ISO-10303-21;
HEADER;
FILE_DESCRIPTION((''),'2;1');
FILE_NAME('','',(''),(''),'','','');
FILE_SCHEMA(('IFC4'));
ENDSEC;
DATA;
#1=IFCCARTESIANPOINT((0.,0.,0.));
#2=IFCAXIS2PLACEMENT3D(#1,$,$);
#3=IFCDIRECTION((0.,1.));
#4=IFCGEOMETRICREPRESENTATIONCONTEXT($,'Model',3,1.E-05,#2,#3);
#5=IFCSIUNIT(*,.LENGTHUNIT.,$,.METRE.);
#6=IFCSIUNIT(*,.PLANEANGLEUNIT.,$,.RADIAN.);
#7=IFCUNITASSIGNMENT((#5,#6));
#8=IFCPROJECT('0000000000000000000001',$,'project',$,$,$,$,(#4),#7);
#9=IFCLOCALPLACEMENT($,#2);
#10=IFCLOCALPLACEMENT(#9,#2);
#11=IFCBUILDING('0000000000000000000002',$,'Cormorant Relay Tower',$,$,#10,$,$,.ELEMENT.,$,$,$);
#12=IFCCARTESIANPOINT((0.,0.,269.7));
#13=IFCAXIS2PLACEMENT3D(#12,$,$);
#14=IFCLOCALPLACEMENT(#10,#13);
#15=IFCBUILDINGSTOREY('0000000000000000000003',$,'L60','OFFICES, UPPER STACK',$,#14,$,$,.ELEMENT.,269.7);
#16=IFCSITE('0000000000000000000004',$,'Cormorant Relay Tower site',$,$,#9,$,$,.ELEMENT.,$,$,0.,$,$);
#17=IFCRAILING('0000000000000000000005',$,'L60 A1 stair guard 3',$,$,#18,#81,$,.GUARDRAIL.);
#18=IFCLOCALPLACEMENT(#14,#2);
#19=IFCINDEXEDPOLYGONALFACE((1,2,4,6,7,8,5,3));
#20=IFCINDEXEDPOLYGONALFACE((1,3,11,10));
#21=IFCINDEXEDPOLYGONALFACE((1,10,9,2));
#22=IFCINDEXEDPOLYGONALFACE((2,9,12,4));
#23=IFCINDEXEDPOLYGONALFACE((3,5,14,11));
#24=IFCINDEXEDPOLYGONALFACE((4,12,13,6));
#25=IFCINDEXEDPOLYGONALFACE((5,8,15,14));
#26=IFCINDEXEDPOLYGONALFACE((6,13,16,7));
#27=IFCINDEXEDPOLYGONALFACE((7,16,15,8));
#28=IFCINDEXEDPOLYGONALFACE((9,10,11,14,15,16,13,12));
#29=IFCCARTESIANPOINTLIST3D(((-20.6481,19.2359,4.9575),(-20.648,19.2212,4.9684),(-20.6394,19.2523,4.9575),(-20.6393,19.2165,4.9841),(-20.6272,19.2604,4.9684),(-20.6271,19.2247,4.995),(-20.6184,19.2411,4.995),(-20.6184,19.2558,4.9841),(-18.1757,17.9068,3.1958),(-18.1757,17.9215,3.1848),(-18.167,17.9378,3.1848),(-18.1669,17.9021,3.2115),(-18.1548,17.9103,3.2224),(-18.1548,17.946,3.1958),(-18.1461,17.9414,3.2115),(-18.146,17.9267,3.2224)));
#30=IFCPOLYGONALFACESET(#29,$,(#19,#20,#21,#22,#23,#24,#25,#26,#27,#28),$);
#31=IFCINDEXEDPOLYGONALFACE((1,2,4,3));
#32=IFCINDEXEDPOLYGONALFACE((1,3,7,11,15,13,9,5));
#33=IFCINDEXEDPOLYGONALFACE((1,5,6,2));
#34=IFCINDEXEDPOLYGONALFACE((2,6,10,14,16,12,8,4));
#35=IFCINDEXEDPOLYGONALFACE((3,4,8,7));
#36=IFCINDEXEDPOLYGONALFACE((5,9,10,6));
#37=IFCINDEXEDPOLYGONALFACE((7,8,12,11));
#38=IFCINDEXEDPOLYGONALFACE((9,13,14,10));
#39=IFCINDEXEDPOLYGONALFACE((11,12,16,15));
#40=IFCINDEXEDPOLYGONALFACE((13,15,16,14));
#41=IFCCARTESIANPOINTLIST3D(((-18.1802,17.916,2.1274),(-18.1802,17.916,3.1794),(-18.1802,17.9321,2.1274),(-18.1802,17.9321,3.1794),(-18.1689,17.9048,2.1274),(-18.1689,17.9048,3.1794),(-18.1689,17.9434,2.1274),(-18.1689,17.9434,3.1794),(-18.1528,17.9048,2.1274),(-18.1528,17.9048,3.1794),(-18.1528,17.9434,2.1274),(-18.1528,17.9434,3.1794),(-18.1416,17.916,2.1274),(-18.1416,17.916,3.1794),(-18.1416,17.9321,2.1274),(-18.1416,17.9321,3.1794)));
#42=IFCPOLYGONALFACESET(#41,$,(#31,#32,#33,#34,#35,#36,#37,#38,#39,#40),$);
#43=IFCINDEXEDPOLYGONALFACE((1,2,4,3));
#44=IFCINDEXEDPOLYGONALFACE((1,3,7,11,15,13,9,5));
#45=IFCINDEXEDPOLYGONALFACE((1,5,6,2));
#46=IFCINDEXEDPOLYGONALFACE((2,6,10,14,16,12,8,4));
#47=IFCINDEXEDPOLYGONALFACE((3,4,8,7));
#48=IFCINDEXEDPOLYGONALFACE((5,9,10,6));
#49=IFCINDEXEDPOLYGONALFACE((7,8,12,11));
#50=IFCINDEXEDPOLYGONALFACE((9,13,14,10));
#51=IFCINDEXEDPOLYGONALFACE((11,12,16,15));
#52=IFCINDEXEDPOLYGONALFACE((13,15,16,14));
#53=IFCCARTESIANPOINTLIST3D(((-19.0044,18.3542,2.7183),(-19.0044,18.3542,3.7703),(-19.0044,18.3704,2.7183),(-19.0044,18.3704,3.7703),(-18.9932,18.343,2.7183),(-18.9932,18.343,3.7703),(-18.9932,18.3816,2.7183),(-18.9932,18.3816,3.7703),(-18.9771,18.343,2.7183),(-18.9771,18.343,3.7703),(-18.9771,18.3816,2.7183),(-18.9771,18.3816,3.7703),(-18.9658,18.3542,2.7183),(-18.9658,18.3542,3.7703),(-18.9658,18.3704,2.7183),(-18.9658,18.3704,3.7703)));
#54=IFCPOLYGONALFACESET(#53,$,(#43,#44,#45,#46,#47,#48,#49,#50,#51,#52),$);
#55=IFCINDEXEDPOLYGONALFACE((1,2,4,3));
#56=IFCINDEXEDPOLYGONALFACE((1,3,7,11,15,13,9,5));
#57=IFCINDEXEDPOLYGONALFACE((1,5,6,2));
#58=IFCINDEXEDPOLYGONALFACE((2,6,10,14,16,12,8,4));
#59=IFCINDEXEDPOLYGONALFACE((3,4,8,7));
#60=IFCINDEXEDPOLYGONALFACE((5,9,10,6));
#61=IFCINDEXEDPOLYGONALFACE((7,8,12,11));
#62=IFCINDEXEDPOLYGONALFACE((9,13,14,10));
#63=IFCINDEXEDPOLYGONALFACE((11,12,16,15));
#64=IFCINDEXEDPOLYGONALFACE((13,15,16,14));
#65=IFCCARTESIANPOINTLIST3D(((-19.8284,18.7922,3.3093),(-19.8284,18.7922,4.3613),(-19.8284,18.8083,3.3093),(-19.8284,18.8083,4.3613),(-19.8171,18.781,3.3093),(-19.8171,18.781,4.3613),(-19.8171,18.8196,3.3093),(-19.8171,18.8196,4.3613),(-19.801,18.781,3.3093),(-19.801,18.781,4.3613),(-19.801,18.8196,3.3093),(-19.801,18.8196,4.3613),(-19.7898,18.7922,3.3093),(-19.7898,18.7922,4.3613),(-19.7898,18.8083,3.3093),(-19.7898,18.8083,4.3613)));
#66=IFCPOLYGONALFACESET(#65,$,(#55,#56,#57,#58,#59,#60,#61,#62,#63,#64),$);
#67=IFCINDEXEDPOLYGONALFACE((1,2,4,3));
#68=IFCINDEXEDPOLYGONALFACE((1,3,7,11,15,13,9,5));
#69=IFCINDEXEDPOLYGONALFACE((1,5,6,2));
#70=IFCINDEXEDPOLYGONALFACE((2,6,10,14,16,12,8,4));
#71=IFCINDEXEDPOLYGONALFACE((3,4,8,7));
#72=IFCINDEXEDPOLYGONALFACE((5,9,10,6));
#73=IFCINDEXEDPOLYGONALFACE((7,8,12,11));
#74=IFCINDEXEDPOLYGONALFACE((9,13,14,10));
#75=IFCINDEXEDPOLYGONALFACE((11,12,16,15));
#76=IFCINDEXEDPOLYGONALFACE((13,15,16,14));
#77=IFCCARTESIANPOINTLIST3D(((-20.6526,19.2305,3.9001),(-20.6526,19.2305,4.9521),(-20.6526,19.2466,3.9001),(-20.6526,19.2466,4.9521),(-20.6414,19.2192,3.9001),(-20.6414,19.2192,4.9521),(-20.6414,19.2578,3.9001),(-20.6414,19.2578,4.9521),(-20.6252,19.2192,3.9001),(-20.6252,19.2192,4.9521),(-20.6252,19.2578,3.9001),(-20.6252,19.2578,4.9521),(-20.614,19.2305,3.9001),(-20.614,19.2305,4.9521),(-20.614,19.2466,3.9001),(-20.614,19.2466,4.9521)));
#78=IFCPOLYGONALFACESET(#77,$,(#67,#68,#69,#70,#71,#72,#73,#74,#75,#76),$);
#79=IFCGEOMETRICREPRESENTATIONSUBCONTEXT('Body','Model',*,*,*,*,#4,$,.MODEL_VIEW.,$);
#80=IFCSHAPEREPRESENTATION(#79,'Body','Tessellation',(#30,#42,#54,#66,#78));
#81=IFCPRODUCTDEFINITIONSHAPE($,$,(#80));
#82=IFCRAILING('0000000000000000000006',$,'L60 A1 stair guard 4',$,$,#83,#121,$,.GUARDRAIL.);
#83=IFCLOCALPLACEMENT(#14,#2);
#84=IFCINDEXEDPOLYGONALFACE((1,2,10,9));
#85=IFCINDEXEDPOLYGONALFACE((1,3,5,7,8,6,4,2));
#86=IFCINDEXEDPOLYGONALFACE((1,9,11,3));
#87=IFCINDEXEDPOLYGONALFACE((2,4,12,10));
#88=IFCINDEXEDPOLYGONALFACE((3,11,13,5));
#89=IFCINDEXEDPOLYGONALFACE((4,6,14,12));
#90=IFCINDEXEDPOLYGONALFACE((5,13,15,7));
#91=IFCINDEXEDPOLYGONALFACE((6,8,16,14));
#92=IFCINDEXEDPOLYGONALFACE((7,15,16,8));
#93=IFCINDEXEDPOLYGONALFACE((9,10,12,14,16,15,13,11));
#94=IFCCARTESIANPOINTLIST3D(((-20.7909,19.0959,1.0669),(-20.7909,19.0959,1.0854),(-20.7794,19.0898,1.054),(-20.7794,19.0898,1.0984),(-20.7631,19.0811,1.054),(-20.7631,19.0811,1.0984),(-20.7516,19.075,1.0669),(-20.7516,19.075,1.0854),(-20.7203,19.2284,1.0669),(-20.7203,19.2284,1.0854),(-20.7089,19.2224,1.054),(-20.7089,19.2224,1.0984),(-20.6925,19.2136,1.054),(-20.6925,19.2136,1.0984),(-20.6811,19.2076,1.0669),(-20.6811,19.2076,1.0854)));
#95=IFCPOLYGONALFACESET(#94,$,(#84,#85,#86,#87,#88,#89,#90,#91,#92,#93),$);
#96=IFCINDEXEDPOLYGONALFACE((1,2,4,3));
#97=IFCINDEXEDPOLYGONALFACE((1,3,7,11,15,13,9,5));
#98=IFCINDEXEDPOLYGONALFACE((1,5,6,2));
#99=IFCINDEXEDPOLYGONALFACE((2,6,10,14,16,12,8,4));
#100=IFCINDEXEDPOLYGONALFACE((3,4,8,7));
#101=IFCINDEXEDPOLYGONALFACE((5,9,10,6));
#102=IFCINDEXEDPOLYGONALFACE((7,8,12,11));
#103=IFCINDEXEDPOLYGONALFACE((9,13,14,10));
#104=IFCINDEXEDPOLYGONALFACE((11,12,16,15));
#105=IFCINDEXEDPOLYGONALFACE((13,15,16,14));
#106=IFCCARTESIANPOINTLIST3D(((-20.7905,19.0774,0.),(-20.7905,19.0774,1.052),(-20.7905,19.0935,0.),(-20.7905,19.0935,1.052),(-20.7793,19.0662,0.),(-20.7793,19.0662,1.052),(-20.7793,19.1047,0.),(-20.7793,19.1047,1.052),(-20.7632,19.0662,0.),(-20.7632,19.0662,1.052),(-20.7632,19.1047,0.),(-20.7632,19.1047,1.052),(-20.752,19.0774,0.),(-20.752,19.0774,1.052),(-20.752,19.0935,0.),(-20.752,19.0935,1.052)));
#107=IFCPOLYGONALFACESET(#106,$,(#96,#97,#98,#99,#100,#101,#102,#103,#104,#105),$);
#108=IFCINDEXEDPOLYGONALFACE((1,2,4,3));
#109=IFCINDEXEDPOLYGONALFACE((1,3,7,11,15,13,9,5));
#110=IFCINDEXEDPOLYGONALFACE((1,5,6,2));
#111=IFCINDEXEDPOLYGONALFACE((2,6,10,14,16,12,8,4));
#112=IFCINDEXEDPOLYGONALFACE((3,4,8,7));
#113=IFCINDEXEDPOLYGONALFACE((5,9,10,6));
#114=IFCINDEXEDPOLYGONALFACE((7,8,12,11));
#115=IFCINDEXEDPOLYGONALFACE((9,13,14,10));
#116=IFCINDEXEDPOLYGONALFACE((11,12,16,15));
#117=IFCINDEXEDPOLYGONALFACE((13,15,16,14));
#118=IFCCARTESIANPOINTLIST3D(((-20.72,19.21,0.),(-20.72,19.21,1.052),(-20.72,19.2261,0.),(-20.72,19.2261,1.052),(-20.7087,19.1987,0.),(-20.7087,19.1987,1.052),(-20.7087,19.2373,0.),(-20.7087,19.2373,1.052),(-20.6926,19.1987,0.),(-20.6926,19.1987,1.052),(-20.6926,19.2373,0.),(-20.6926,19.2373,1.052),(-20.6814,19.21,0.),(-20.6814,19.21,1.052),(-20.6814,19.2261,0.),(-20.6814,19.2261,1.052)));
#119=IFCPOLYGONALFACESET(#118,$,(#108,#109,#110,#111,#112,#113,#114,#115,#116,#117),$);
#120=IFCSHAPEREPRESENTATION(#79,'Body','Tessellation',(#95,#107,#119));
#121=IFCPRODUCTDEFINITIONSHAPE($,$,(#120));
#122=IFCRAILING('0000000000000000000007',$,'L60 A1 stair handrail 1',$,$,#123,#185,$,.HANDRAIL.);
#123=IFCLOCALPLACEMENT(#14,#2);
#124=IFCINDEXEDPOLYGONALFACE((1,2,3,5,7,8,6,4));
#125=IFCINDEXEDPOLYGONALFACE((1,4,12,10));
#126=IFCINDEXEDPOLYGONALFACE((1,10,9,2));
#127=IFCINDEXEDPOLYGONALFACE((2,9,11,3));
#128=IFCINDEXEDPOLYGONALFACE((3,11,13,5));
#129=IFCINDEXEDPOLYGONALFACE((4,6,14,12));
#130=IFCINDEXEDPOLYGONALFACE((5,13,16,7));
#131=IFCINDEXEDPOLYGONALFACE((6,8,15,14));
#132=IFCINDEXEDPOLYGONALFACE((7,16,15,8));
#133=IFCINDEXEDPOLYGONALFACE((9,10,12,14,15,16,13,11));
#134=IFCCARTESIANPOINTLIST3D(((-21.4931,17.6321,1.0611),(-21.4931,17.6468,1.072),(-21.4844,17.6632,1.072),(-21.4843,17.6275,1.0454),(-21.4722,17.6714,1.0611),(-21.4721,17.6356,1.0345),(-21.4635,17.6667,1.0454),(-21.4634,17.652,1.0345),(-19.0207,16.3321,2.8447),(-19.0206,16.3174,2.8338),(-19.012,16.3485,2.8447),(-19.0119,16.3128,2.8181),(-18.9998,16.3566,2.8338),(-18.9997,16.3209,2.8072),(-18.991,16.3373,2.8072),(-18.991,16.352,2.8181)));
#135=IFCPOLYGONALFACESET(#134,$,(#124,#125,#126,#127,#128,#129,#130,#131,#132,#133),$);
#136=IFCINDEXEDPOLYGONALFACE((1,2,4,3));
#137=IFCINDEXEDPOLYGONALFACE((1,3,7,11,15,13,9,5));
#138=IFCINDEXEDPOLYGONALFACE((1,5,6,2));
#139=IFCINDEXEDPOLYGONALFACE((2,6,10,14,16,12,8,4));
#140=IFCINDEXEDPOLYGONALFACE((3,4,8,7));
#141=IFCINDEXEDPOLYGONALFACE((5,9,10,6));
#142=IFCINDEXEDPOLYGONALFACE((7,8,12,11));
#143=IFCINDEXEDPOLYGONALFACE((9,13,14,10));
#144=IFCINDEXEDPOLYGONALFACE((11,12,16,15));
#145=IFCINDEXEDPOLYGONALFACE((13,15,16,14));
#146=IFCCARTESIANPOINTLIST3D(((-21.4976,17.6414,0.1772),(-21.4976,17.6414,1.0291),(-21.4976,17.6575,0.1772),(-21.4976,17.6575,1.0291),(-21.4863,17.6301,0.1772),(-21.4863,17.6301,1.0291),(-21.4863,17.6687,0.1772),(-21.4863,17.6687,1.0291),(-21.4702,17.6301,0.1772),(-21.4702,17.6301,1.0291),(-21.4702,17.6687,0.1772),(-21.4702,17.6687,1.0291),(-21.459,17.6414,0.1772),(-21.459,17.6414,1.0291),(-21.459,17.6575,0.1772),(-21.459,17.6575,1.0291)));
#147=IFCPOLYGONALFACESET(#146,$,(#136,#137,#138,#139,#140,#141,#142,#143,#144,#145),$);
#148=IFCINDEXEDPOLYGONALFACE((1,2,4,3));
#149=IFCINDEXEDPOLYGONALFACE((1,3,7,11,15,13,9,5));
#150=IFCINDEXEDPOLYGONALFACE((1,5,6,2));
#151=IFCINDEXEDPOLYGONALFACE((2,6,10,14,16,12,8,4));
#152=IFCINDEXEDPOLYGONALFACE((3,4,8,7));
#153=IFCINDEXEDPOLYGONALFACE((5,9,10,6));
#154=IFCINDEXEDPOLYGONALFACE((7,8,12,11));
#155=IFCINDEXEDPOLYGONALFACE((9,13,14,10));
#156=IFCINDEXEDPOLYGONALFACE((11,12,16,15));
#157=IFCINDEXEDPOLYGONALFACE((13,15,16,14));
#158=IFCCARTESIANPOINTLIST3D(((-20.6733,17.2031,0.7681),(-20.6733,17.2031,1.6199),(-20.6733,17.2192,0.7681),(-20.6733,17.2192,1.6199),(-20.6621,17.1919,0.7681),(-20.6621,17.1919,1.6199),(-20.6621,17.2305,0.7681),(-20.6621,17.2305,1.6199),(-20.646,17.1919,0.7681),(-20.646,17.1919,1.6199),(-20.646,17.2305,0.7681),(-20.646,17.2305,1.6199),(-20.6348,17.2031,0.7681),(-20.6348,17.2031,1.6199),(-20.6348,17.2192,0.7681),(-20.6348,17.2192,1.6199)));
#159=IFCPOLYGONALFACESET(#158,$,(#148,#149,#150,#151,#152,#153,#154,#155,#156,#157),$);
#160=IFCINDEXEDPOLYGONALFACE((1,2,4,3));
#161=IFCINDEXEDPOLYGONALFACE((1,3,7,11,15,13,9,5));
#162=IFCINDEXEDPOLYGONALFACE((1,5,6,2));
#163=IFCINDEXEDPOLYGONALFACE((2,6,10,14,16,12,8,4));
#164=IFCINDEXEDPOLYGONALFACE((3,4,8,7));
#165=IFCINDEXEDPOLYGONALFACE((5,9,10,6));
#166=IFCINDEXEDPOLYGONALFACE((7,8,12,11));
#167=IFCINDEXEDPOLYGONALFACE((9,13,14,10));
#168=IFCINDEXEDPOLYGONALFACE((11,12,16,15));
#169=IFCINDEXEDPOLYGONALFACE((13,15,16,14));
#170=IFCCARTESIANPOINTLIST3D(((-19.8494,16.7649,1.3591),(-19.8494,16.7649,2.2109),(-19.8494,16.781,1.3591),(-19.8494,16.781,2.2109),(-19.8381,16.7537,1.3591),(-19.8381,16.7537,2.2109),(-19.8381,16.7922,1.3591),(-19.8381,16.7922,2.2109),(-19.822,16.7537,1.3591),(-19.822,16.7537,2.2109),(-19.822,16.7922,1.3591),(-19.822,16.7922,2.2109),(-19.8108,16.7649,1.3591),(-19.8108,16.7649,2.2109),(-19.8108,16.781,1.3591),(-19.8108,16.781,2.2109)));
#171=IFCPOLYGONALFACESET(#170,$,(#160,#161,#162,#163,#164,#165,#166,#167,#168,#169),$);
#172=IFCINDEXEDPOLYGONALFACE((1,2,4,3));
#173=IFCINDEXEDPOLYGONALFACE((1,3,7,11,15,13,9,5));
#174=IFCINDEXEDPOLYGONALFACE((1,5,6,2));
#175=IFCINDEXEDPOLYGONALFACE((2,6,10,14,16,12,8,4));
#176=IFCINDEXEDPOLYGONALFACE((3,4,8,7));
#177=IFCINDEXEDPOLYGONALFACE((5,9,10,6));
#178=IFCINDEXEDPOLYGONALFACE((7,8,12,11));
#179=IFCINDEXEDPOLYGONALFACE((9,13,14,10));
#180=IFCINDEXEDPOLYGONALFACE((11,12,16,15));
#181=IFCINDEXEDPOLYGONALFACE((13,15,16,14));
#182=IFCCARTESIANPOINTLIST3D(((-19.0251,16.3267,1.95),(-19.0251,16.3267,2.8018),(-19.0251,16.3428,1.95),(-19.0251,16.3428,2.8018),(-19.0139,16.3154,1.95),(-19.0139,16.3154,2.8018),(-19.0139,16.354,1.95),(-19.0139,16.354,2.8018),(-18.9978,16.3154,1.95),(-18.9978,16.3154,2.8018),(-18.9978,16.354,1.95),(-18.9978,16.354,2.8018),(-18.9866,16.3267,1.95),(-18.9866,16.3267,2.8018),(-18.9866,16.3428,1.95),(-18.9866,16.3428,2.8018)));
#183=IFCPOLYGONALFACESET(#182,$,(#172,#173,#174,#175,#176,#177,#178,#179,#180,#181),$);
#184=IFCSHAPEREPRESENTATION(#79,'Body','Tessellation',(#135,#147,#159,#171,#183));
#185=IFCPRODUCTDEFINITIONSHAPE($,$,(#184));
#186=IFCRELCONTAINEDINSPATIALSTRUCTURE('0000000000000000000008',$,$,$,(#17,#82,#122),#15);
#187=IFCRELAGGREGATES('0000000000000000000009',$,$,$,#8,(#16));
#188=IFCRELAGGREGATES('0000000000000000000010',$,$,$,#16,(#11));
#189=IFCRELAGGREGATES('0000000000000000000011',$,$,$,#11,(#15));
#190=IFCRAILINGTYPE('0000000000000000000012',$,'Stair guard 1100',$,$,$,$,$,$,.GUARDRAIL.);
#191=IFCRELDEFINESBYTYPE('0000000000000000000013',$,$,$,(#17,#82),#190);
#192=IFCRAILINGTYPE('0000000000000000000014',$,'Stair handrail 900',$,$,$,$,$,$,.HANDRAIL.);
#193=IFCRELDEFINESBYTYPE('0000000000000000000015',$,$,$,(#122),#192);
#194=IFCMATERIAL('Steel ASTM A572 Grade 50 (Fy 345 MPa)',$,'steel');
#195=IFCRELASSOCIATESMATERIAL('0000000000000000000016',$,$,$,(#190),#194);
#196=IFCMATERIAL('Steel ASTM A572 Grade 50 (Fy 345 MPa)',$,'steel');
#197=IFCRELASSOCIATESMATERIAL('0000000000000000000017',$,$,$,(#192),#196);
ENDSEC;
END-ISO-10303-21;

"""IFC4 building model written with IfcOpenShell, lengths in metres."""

from ifc_helpers import new_model, si_unit, direction, frame, origin, place, context, subcontext, project, spatial, polyline, outline, extrude, material, type_object, element, save


model = new_model("IFC4")

# Units and contexts
model_context = context("Model", 3, precision=1e-05, world=origin(), true_north=direction((0.0, 1.0)))
body_context = subcontext(model_context, "Body", "Model", "MODEL_VIEW")
ifc_project = project(units=[si_unit("LENGTHUNIT", "METRE"), si_unit("PLANEANGLEUNIT", "RADIAN")], contexts=[model_context])

# Site, building, storey
site_placement = place(None, origin())
site = spatial("IfcSite", under=ifc_project, at=site_placement, Name="Cormorant Relay Tower site", CompositionType="ELEMENT", RefElevation=0.0)
building_placement = place(site_placement, origin())
building = spatial("IfcBuilding", under=site, at=building_placement, Name="Cormorant Relay Tower", CompositionType="ELEMENT")
storey_placement = place(building_placement, frame((0.0, 0.0, 269.7)))
storey = spatial("IfcBuildingStorey", under=building, at=storey_placement, Name="L60", Description="OFFICES, UPPER STACK", CompositionType="ELEMENT", Elevation=269.7)

# Railings
ifc_material_1 = material(Name="Steel ASTM A572 Grade 50 (Fy 345 MPa)", Category="steel")
railing_type_1 = type_object("IfcRailingType", Name="Stair guard 1100", PredefinedType="GUARDRAIL", material=ifc_material_1)
railing_1_placement = place(storey_placement, frame((-18.1609, 17.9241, 2.1274)))
element("IfcRailing", 1, at=railing_1_placement, inside=storey, type_object=railing_type_1, Name="L60 A1 stair guard 3", PredefinedType="GUARDRAIL", context=body_context, shape_type="SweptSolid", body=[
    extrude(outline(polyline([(0.0222, 0.0093), (0.0093, 0.0222), (-0.0093, 0.0222), (-0.0222, 0.0093), (-0.0222, -0.0093), (-0.0093, -0.0222), (0.0093, -0.0222), (0.0222, -0.0093), (0.0222, 0.0093)])), frame((0.0, 0.0, 1.0762), z_axis=(-0.746034, 0.396627, 0.534902), x_axis=(-0.469429, -0.88297, 0.0)), (0.0, 0.0, 1.0), 3.314),
    extrude(outline(polyline([(0.0193, 0.0081), (0.0081, 0.0193), (-0.0081, 0.0193), (-0.0193, 0.0081), (-0.0193, -0.0081), (-0.0081, -0.0193), (0.0081, -0.0193), (0.0193, -0.0081), (0.0193, 0.0081)])), origin(), (0.0, 0.0, 1.0), 1.052),
    extrude(outline(polyline([(0.0193, 0.0081), (0.0081, 0.0193), (-0.0081, 0.0193), (-0.0193, 0.0081), (-0.0193, -0.0081), (-0.0081, -0.0193), (0.0081, -0.0193), (0.0193, -0.0081), (0.0193, 0.0081)])), frame((-0.8242, 0.4382, 0.5908)), (0.0, 0.0, 1.0), 1.052),
    extrude(outline(polyline([(0.0193, 0.0081), (0.0081, 0.0193), (-0.0081, 0.0193), (-0.0193, 0.0081), (-0.0193, -0.0081), (-0.0081, -0.0193), (0.0081, -0.0193), (0.0193, -0.0081), (0.0193, 0.0081)])), frame((-1.6482, 0.8762, 1.1819)), (0.0, 0.0, 1.0), 1.052),
    extrude(outline(polyline([(0.0193, 0.0081), (0.0081, 0.0193), (-0.0081, 0.0193), (-0.0193, 0.0081), (-0.0193, -0.0081), (-0.0081, -0.0193), (0.0081, -0.0193), (0.0193, -0.0081), (0.0193, 0.0081)])), frame((-2.4724, 1.3145, 1.7727)), (0.0, 0.0, 1.0), 1.052),
])
railing_2_placement = place(storey_placement, frame((-20.7712, 19.0854, 0.0)))
element("IfcRailing", 2, at=railing_2_placement, inside=storey, type_object=railing_type_1, Name="L60 A1 stair guard 4", PredefinedType="GUARDRAIL", context=body_context, shape_type="SweptSolid", body=[
    extrude(outline(polyline([(0.0222, 0.0093), (0.0093, 0.0222), (-0.0093, 0.0222), (-0.0222, 0.0093), (-0.0222, -0.0093), (-0.0093, -0.0222), (0.0093, -0.0222), (0.0222, -0.0093), (0.0222, 0.0093)])), frame((0.0, 0.0, 1.0762), z_axis=(0.469829, 0.882758, 0.0), x_axis=(-0.882758, 0.469829, 0.0)), (0.0, 0.0, 1.0), 0.1501),
    extrude(outline(polyline([(0.0193, 0.0081), (0.0081, 0.0193), (-0.0081, 0.0193), (-0.0193, 0.0081), (-0.0193, -0.0081), (-0.0081, -0.0193), (0.0081, -0.0193), (0.0193, -0.0081), (0.0193, 0.0081)])), origin(), (0.0, 0.0, 1.0), 1.052),
    extrude(outline(polyline([(0.0193, 0.0081), (0.0081, 0.0193), (-0.0081, 0.0193), (-0.0193, 0.0081), (-0.0193, -0.0081), (-0.0081, -0.0193), (0.0081, -0.0193), (0.0193, -0.0081), (0.0193, 0.0081)])), frame((0.0706, 0.1326, 0.0)), (0.0, 0.0, 1.0), 1.052),
])
ifc_material_2 = material(Name="Steel ASTM A572 Grade 50 (Fy 345 MPa)", Category="steel")
railing_type_2 = type_object("IfcRailingType", Name="Stair handrail 900", PredefinedType="HANDRAIL", material=ifc_material_2)
railing_3_placement = place(storey_placement, frame((-21.4783, 17.6494, 0.1772)))
element("IfcRailing", 3, at=railing_3_placement, inside=storey, type_object=railing_type_2, Name="L60 A1 stair handrail 1", PredefinedType="HANDRAIL", context=body_context, shape_type="SweptSolid", body=[
    extrude(outline(polyline([(0.0222, 0.0093), (0.0093, 0.0222), (-0.0093, 0.0222), (-0.0222, 0.0093), (-0.0222, -0.0093), (-0.0093, -0.0222), (0.0093, -0.0222), (0.0222, -0.0093), (0.0222, 0.0093)])), frame((0.0, 0.0, 0.876), z_axis=(0.746012, -0.39669, 0.534886), x_axis=(0.469497, 0.882934, 0.0)), (0.0, 0.0, 1.0), 3.3142),
    extrude(outline(polyline([(0.0193, 0.0081), (0.0081, 0.0193), (-0.0081, 0.0193), (-0.0193, 0.0081), (-0.0193, -0.0081), (-0.0081, -0.0193), (0.0081, -0.0193), (0.0193, -0.0081), (0.0193, 0.0081)])), origin(), (0.0, 0.0, 1.0), 0.8518),
    extrude(outline(polyline([(0.0193, 0.0081), (0.0081, 0.0193), (-0.0081, 0.0193), (-0.0193, 0.0081), (-0.0193, -0.0081), (-0.0081, -0.0193), (0.0081, -0.0193), (0.0193, -0.0081), (0.0193, 0.0081)])), frame((0.8242, -0.4382, 0.5908)), (0.0, 0.0, 1.0), 0.8518),
    extrude(outline(polyline([(0.0193, 0.0081), (0.0081, 0.0193), (-0.0081, 0.0193), (-0.0193, 0.0081), (-0.0193, -0.0081), (-0.0081, -0.0193), (0.0081, -0.0193), (0.0193, -0.0081), (0.0193, 0.0081)])), frame((1.6482, -0.8765, 1.1819)), (0.0, 0.0, 1.0), 0.8518),
    extrude(outline(polyline([(0.0193, 0.0081), (0.0081, 0.0193), (-0.0081, 0.0193), (-0.0193, 0.0081), (-0.0193, -0.0081), (-0.0081, -0.0193), (0.0081, -0.0193), (0.0193, -0.0081), (0.0193, 0.0081)])), frame((2.4724, -1.3147, 1.7727)), (0.0, 0.0, 1.0), 0.8518),
])

save(model, "model.ifc")
